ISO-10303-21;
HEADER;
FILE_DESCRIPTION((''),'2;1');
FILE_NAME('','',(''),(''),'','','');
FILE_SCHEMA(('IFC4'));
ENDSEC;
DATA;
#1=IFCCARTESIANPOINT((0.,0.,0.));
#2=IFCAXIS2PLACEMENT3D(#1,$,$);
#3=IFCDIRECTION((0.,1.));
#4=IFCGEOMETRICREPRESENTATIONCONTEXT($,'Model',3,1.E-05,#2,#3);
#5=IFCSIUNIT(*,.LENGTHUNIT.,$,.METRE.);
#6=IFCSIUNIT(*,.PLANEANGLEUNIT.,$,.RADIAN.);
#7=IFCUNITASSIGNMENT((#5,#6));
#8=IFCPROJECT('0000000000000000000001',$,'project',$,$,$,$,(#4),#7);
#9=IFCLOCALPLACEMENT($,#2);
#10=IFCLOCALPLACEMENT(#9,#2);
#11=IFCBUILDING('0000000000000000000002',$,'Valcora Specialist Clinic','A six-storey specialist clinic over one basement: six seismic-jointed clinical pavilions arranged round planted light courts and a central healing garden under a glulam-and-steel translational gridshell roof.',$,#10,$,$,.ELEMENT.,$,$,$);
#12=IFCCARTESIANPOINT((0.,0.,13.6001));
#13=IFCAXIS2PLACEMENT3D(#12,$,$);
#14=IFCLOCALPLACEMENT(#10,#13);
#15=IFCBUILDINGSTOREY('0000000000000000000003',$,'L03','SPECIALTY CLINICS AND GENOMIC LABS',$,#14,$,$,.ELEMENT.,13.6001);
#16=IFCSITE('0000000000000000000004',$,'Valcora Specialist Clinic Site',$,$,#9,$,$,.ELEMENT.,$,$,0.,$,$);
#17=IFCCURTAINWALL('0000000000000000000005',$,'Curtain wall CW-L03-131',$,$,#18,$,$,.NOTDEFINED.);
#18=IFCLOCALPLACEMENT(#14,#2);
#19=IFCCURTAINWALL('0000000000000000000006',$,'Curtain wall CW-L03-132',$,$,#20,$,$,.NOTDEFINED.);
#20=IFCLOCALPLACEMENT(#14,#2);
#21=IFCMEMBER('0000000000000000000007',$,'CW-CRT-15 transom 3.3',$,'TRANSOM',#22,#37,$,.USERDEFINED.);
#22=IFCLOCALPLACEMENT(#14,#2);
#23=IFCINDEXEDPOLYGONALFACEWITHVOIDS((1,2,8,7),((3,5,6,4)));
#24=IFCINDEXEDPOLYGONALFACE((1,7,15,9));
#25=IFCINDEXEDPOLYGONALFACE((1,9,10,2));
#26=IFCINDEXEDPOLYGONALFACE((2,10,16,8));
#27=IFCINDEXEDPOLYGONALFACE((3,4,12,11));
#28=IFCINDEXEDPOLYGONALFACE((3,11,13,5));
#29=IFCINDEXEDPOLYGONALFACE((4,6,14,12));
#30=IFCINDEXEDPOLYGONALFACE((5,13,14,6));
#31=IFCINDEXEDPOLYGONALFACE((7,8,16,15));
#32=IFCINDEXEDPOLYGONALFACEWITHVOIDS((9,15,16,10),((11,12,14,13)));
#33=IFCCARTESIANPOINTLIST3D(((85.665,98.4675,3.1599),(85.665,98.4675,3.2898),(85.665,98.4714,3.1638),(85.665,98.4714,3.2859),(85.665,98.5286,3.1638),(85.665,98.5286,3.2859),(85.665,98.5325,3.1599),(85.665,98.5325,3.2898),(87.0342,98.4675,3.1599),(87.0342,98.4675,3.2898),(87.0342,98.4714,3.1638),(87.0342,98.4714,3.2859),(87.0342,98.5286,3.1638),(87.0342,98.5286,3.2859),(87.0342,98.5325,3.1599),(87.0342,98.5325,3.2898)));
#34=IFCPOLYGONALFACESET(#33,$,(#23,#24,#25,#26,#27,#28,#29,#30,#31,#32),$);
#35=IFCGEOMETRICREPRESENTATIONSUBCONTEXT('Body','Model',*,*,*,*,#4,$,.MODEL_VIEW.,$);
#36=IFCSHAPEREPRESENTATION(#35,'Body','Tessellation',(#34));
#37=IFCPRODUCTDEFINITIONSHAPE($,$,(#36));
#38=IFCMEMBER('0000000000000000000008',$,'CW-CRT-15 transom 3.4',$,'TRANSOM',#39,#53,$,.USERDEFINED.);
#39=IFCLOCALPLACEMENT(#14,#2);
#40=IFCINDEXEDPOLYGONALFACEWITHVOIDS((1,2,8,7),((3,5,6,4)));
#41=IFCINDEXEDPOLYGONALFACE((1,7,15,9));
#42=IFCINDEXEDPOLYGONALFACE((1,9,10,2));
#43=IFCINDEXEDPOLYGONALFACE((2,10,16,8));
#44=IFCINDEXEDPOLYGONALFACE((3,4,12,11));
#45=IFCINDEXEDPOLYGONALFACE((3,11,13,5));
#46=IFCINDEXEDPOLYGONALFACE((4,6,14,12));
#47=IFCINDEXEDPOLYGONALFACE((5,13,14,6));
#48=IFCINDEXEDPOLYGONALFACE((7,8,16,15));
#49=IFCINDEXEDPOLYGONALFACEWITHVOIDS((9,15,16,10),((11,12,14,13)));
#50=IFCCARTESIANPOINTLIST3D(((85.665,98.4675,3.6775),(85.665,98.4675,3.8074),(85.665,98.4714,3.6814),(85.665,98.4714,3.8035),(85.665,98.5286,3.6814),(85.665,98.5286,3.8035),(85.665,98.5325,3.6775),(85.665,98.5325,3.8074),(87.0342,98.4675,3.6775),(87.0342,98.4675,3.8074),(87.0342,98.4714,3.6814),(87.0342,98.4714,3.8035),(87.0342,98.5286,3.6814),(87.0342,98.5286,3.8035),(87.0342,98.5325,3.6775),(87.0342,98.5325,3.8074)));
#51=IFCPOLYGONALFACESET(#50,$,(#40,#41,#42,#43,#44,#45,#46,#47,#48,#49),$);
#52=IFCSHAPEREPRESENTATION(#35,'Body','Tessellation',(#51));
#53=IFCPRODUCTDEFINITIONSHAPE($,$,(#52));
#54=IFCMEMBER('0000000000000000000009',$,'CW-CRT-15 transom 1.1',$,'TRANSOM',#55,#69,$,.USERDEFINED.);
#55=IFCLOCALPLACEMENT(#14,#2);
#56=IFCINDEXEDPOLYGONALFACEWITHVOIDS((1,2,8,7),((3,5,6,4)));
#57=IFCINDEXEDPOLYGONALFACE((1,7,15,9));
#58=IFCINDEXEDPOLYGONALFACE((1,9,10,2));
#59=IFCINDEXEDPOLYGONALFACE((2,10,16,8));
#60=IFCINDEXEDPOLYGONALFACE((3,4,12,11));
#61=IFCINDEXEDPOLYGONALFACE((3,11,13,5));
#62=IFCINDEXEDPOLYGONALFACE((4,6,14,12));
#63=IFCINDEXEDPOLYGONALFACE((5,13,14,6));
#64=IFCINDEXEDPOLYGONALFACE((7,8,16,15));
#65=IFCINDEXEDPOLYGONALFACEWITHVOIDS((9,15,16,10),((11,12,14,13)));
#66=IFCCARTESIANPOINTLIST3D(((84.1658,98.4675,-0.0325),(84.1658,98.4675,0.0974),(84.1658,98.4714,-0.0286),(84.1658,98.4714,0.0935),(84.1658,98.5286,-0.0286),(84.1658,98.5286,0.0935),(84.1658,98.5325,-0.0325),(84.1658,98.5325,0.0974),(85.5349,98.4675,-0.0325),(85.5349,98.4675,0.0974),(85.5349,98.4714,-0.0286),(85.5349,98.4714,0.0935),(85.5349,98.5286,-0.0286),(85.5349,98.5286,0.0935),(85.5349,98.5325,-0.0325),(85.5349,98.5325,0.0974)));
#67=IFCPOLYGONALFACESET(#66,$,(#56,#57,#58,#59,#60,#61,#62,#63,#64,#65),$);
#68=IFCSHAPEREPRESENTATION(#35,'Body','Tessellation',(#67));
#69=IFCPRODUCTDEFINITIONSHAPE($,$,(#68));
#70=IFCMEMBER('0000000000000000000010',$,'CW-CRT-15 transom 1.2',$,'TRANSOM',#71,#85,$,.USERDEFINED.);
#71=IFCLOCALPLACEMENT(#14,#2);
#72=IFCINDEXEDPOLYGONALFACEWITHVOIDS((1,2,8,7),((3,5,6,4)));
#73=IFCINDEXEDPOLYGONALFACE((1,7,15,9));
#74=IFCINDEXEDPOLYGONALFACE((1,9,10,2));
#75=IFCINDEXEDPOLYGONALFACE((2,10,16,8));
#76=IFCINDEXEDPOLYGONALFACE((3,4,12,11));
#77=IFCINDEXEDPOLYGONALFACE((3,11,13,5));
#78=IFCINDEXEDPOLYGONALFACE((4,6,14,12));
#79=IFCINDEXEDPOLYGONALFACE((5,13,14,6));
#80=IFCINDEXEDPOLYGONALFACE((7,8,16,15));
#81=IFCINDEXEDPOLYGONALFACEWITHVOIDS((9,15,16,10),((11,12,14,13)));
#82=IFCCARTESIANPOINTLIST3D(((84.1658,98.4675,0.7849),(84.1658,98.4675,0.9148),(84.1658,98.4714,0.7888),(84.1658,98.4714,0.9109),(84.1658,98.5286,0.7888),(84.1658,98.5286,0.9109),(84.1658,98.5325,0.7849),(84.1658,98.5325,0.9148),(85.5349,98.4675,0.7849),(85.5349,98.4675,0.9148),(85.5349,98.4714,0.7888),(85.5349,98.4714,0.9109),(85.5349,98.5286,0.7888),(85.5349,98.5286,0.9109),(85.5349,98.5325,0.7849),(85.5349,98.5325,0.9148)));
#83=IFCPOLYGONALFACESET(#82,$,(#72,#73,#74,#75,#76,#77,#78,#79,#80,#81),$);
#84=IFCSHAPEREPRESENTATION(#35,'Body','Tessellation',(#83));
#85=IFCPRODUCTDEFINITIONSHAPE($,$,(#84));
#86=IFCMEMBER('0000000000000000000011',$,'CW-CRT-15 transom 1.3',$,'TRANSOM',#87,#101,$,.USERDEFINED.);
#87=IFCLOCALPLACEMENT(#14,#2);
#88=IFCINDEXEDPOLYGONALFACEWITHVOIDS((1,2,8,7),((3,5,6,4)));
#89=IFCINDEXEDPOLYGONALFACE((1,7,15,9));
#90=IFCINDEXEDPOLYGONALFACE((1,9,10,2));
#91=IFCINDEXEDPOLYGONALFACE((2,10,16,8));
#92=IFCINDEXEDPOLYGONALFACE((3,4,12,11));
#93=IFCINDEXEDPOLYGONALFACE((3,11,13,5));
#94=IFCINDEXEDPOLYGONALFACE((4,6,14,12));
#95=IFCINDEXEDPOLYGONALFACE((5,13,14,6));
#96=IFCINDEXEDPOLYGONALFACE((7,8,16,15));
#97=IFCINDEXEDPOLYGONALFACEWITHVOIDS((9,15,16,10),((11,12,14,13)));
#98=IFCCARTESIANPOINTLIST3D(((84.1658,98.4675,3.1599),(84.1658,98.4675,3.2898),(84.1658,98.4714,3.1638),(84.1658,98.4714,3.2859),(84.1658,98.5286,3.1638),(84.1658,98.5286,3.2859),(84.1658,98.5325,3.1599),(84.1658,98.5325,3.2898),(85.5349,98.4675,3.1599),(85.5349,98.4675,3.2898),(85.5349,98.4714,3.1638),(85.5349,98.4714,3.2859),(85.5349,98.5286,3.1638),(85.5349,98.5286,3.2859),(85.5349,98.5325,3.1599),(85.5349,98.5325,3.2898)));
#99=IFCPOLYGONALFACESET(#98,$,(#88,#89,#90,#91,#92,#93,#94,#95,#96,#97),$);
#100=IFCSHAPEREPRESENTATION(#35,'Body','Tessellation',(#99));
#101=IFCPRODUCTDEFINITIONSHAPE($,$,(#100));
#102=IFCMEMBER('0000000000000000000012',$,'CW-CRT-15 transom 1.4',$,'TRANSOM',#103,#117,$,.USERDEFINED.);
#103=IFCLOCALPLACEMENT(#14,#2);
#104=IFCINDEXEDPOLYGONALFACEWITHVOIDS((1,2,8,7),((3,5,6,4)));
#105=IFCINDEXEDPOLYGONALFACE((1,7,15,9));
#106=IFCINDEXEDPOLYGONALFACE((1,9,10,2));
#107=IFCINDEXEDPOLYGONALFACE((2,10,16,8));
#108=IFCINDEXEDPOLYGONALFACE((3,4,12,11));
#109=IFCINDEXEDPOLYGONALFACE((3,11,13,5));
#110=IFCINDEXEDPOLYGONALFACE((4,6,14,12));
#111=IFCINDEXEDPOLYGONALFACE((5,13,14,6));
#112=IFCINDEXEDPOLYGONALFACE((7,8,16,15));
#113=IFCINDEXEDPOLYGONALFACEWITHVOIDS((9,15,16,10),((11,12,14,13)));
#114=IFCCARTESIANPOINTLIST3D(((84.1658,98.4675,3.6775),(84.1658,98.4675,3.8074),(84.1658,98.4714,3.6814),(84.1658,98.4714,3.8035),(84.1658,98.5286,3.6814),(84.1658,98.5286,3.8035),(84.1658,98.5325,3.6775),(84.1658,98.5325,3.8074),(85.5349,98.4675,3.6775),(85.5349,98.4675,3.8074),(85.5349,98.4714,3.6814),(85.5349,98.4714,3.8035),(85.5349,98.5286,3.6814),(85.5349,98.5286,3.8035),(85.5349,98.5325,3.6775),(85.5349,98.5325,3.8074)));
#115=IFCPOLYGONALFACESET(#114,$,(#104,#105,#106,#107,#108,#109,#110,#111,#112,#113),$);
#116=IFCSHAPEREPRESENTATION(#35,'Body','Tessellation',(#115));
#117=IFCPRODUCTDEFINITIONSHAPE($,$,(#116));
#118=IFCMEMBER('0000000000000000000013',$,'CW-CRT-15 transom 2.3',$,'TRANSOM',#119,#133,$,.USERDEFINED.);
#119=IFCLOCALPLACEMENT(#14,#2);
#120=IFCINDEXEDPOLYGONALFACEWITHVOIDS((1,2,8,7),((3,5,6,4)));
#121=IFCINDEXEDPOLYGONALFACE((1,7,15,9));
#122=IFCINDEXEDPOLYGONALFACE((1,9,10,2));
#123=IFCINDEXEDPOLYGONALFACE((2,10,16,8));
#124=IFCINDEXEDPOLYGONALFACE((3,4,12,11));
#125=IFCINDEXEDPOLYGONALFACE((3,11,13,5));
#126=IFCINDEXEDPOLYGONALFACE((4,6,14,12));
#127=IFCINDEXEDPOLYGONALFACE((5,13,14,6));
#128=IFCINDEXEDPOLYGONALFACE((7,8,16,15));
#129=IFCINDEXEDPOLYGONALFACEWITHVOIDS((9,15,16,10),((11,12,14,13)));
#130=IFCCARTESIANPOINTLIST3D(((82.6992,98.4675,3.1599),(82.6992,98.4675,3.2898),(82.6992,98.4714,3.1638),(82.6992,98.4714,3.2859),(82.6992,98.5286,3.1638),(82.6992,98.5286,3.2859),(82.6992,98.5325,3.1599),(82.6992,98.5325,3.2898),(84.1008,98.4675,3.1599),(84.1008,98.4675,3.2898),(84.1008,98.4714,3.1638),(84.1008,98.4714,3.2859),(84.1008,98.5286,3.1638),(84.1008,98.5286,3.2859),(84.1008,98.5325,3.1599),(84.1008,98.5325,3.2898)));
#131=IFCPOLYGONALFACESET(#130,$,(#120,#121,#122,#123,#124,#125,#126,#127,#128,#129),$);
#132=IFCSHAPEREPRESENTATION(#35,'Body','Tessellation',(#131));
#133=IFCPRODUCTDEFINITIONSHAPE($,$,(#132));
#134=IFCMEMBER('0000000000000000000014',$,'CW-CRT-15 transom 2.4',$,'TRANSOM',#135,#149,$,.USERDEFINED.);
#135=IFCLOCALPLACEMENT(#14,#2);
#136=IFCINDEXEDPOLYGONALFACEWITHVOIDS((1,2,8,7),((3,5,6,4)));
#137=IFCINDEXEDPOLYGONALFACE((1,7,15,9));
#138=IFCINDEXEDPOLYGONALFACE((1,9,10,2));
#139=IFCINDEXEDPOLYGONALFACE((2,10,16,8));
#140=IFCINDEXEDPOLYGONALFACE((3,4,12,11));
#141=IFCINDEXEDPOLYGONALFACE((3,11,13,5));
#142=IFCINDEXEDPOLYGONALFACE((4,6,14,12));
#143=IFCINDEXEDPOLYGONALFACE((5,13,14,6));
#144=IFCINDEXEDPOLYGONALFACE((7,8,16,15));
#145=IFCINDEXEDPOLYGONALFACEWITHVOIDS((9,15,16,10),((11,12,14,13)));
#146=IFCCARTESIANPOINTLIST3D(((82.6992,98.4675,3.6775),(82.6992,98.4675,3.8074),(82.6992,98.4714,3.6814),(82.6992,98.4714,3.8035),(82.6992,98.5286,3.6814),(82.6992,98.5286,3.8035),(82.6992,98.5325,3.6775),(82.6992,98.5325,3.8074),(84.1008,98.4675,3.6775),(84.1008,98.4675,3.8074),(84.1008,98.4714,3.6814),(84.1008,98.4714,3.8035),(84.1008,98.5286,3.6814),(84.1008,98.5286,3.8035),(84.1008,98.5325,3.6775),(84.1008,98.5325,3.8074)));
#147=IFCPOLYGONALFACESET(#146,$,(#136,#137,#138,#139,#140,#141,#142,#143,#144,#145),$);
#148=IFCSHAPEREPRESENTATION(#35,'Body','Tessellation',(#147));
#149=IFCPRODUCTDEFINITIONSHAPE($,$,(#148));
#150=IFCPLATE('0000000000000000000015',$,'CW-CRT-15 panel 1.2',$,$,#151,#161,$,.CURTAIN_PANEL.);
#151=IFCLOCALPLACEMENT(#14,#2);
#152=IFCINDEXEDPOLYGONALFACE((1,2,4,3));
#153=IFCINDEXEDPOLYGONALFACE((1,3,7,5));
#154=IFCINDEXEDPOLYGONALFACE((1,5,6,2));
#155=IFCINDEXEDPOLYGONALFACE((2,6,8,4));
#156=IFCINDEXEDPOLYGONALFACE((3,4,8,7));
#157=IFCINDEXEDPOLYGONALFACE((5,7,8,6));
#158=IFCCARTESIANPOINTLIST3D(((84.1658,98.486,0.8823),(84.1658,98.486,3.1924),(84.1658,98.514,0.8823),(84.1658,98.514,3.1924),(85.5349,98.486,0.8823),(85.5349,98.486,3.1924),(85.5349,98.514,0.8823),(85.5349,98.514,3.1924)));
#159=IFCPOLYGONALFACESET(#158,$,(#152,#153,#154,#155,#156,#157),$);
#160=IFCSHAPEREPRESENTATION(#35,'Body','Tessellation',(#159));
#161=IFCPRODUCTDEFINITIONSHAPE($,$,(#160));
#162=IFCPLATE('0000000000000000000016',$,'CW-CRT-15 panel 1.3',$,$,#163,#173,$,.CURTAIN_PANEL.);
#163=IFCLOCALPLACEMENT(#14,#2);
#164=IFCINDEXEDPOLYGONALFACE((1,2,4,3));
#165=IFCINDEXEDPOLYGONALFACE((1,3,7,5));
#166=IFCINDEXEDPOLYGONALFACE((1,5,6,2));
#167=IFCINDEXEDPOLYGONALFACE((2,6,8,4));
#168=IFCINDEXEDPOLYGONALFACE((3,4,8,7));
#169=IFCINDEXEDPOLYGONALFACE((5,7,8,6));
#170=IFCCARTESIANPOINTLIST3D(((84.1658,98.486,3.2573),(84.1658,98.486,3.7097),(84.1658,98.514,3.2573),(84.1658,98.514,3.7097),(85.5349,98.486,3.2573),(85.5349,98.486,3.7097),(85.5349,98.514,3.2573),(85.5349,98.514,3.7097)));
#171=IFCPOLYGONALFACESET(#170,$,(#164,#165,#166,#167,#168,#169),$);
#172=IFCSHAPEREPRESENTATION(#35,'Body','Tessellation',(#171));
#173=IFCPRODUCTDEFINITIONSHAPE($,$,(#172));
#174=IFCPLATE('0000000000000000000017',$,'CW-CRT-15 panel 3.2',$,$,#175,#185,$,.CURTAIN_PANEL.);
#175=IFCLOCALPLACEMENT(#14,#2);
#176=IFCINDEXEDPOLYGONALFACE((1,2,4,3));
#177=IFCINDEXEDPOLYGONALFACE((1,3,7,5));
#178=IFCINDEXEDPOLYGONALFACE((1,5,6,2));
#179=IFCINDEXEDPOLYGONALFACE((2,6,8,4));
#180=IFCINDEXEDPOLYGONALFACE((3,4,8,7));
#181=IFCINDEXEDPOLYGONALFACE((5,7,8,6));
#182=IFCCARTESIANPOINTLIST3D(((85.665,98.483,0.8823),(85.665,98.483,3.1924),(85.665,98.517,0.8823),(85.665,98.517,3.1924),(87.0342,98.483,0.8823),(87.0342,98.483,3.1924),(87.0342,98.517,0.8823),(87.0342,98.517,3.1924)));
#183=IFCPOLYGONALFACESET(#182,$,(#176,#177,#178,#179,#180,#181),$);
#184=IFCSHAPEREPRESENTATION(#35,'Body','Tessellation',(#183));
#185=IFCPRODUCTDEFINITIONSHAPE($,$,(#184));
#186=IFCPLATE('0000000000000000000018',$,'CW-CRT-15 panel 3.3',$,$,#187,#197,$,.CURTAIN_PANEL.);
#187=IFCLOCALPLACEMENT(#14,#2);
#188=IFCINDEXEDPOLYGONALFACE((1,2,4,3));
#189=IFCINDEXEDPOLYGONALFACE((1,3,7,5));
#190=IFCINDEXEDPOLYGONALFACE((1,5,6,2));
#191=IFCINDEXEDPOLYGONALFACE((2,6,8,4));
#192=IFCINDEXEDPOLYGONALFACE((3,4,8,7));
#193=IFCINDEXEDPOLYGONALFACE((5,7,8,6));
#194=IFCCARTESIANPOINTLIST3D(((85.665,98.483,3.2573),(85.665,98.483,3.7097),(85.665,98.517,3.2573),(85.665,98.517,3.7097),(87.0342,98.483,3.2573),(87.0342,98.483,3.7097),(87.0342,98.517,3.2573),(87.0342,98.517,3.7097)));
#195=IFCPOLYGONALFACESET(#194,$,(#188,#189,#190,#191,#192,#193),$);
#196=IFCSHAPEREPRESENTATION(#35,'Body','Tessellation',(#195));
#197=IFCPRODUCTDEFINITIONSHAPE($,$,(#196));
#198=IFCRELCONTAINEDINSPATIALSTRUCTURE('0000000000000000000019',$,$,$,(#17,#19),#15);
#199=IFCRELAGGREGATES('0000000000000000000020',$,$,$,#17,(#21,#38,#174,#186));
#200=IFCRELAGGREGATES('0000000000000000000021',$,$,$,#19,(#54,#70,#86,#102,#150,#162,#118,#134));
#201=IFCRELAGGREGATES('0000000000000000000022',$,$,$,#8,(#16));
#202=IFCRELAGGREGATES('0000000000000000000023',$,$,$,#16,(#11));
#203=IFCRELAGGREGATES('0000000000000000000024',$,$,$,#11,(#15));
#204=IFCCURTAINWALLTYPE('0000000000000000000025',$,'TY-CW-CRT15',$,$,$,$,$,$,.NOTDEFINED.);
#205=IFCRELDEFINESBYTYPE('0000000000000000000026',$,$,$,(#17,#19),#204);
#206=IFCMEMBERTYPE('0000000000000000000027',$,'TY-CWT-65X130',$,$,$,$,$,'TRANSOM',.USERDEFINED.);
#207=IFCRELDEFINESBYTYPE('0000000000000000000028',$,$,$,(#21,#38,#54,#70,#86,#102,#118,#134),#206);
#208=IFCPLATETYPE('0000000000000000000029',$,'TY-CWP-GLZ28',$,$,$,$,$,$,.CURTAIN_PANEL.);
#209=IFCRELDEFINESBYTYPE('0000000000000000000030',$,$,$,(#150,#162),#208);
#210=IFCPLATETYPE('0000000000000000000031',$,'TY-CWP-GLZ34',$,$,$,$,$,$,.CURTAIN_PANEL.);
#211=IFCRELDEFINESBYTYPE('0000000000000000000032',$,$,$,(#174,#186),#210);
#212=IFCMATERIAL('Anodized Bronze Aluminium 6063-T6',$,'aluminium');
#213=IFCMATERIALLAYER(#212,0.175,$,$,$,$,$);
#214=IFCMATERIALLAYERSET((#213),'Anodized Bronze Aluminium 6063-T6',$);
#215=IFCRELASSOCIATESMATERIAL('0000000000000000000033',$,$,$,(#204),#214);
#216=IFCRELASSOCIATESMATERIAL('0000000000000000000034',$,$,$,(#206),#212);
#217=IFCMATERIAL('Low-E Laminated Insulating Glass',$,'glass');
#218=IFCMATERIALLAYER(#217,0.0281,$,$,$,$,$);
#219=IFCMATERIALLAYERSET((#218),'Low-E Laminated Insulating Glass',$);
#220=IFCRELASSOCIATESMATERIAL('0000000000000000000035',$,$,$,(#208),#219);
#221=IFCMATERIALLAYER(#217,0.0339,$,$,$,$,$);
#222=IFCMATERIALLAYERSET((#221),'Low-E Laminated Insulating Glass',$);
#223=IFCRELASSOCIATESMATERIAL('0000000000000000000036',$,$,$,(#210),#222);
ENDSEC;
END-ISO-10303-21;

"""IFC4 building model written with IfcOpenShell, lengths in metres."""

from ifc_helpers import new_model, si_unit, direction, frame, origin, origin_2d, place, context, subcontext, project, spatial, rectangle, hollow_rectangle, extrude, material, layer, layer_set, material_profile, profile_set, type_object, element, aggregate, save


model = new_model("IFC4")

# Units and contexts
model_context = context("Model", 3, precision=1e-05, world=origin(), true_north=direction((0.0, 1.0)))
body_context = subcontext(model_context, "Body", "Model", "MODEL_VIEW")
ifc_project = project(units=[si_unit("LENGTHUNIT", "METRE"), si_unit("PLANEANGLEUNIT", "RADIAN")], contexts=[model_context])

# Site, building, storey
site_placement = place(None, origin())
site = spatial("IfcSite", under=ifc_project, at=site_placement, Name="Valcora Specialist Clinic Site", CompositionType="ELEMENT", RefElevation=0.0)
building_placement = place(site_placement, origin())
building = spatial("IfcBuilding", under=site, at=building_placement, Name="Valcora Specialist Clinic", Description="A six-storey specialist clinic over one basement: six seismic-jointed clinical pavilions arranged round planted light courts and a central healing garden under a glulam-and-steel translational gridshell roof.", CompositionType="ELEMENT")
storey_placement = place(building_placement, frame((0.0, 0.0, 13.6001)))
storey = spatial("IfcBuildingStorey", under=building, at=storey_placement, Name="L03", Description="SPECIALTY CLINICS AND GENOMIC LABS", CompositionType="ELEMENT", Elevation=13.6001)

# Curtain walls
ifc_material_1 = material(Name="Anodized Bronze Aluminium 6063-T6", Category="aluminium")
ifc_layer_1 = layer(ifc_material_1, 0.175)
ifc_layer_set_1 = layer_set([ifc_layer_1], Name="Anodized Bronze Aluminium 6063-T6")
curtain_wall_type = type_object("IfcCurtainWallType", Name="TY-CW-CRT15", PredefinedType="NOTDEFINED", material=ifc_layer_set_1)
curtain_wall_1_placement = place(storey_placement, origin())
curtain_wall_1 = element("IfcCurtainWall", 1, at=curtain_wall_1_placement, inside=storey, type_object=curtain_wall_type, Name="Curtain wall CW-L03-131", PredefinedType="NOTDEFINED")
curtain_wall_2_placement = place(storey_placement, origin())
curtain_wall_2 = element("IfcCurtainWall", 2, at=curtain_wall_2_placement, inside=storey, type_object=curtain_wall_type, Name="Curtain wall CW-L03-132", PredefinedType="NOTDEFINED")

# Members
ifc_material_profile_1 = material_profile(ifc_material_1, hollow_rectangle(XDim=0.0649, YDim=0.1299, WallThickness=0.0039, at=origin_2d()), Name="AL-TRN-65X130")
ifc_profile_set_1 = profile_set([ifc_material_profile_1], Name="Anodized Bronze Aluminium 6063-T6")
member_type_1 = type_object("IfcMemberType", Name="TY-CWT-65X130", ElementType="TRANSOM", PredefinedType="USERDEFINED", material=ifc_profile_set_1)
member_1_placement = place(storey_placement, frame((87.0342, 98.5, 3.2249), z_axis=(-1.0, 0.0, 0.0), x_axis=(0.0, -1.0, 0.0)))
member_1 = element("IfcMember", 3, at=member_1_placement, type_object=member_type_1, Name="CW-CRT-15 transom 3.3", ObjectType="TRANSOM", PredefinedType="USERDEFINED", context=body_context, shape_type="SweptSolid", body=[
    extrude(hollow_rectangle(XDim=0.0649, YDim=0.1299, WallThickness=0.0039, at=origin_2d()), origin(), (0.0, 0.0, 1.0), 1.3691),
])
member_2_placement = place(storey_placement, frame((87.0342, 98.5, 3.7424), z_axis=(-1.0, 0.0, 0.0), x_axis=(0.0, -1.0, 0.0)))
member_2 = element("IfcMember", 4, at=member_2_placement, type_object=member_type_1, Name="CW-CRT-15 transom 3.4", ObjectType="TRANSOM", PredefinedType="USERDEFINED", context=body_context, shape_type="SweptSolid", body=[
    extrude(hollow_rectangle(XDim=0.0649, YDim=0.1299, WallThickness=0.0039, at=origin_2d()), origin(), (0.0, 0.0, 1.0), 1.3691),
])
member_3_placement = place(storey_placement, frame((85.5349, 98.5, 0.0325), z_axis=(-1.0, 0.0, 0.0), x_axis=(0.0, -1.0, 0.0)))
member_3 = element("IfcMember", 5, at=member_3_placement, type_object=member_type_1, Name="CW-CRT-15 transom 1.1", ObjectType="TRANSOM", PredefinedType="USERDEFINED", context=body_context, shape_type="SweptSolid", body=[
    extrude(hollow_rectangle(XDim=0.0649, YDim=0.1299, WallThickness=0.0039, at=origin_2d()), origin(), (0.0, 0.0, 1.0), 1.3691),
])
member_4_placement = place(storey_placement, frame((85.5349, 98.5, 0.8499), z_axis=(-1.0, 0.0, 0.0), x_axis=(0.0, -1.0, 0.0)))
member_4 = element("IfcMember", 6, at=member_4_placement, type_object=member_type_1, Name="CW-CRT-15 transom 1.2", ObjectType="TRANSOM", PredefinedType="USERDEFINED", context=body_context, shape_type="SweptSolid", body=[
    extrude(hollow_rectangle(XDim=0.0649, YDim=0.1299, WallThickness=0.0039, at=origin_2d()), origin(), (0.0, 0.0, 1.0), 1.3691),
])
member_5_placement = place(storey_placement, frame((85.5349, 98.5, 3.2249), z_axis=(-1.0, 0.0, 0.0), x_axis=(0.0, -1.0, 0.0)))
member_5 = element("IfcMember", 7, at=member_5_placement, type_object=member_type_1, Name="CW-CRT-15 transom 1.3", ObjectType="TRANSOM", PredefinedType="USERDEFINED", context=body_context, shape_type="SweptSolid", body=[
    extrude(hollow_rectangle(XDim=0.0649, YDim=0.1299, WallThickness=0.0039, at=origin_2d()), origin(), (0.0, 0.0, 1.0), 1.3691),
])
member_6_placement = place(storey_placement, frame((85.5349, 98.5, 3.7424), z_axis=(-1.0, 0.0, 0.0), x_axis=(0.0, -1.0, 0.0)))
member_6 = element("IfcMember", 8, at=member_6_placement, type_object=member_type_1, Name="CW-CRT-15 transom 1.4", ObjectType="TRANSOM", PredefinedType="USERDEFINED", context=body_context, shape_type="SweptSolid", body=[
    extrude(hollow_rectangle(XDim=0.0649, YDim=0.1299, WallThickness=0.0039, at=origin_2d()), origin(), (0.0, 0.0, 1.0), 1.3691),
])
member_7_placement = place(storey_placement, frame((84.1008, 98.5, 3.2249), z_axis=(-1.0, 0.0, 0.0), x_axis=(0.0, -1.0, 0.0)))
member_7 = element("IfcMember", 9, at=member_7_placement, type_object=member_type_1, Name="CW-CRT-15 transom 2.3", ObjectType="TRANSOM", PredefinedType="USERDEFINED", context=body_context, shape_type="SweptSolid", body=[
    extrude(hollow_rectangle(XDim=0.0649, YDim=0.1299, WallThickness=0.0039, at=origin_2d()), origin(), (0.0, 0.0, 1.0), 1.4016),
])
member_8_placement = place(storey_placement, frame((84.1008, 98.5, 3.7424), z_axis=(-1.0, 0.0, 0.0), x_axis=(0.0, -1.0, 0.0)))
member_8 = element("IfcMember", 10, at=member_8_placement, type_object=member_type_1, Name="CW-CRT-15 transom 2.4", ObjectType="TRANSOM", PredefinedType="USERDEFINED", context=body_context, shape_type="SweptSolid", body=[
    extrude(hollow_rectangle(XDim=0.0649, YDim=0.1299, WallThickness=0.0039, at=origin_2d()), origin(), (0.0, 0.0, 1.0), 1.4016),
])

# Plates
ifc_material_2 = material(Name="Low-E Laminated Insulating Glass", Category="glass")
ifc_layer_2 = layer(ifc_material_2, 0.0281)
ifc_layer_set_2 = layer_set([ifc_layer_2], Name="Low-E Laminated Insulating Glass")
plate_type_1 = type_object("IfcPlateType", Name="TY-CWP-GLZ28", PredefinedType="CURTAIN_PANEL", material=ifc_layer_set_2)
plate_1_placement = place(storey_placement, frame((84.8503, 98.5, 0.8823), z_axis=(0.0, 0.0, 1.0), x_axis=(-1.0, 0.0, 0.0)))
plate_1 = element("IfcPlate", 11, at=plate_1_placement, type_object=plate_type_1, Name="CW-CRT-15 panel 1.2", PredefinedType="CURTAIN_PANEL", context=body_context, shape_type="SweptSolid", body=[
    extrude(rectangle(XDim=1.3691, YDim=0.0281, at=origin_2d()), origin(), (0.0, 0.0, 1.0), 2.3101),
])
plate_2_placement = place(storey_placement, frame((84.8503, 98.5, 3.2573), z_axis=(0.0, 0.0, 1.0), x_axis=(-1.0, 0.0, 0.0)))
plate_2 = element("IfcPlate", 12, at=plate_2_placement, type_object=plate_type_1, Name="CW-CRT-15 panel 1.3", PredefinedType="CURTAIN_PANEL", context=body_context, shape_type="SweptSolid", body=[
    extrude(rectangle(XDim=1.3691, YDim=0.0281, at=origin_2d()), origin(), (0.0, 0.0, 1.0), 0.4524),
])
ifc_layer_3 = layer(ifc_material_2, 0.0339)
ifc_layer_set_3 = layer_set([ifc_layer_3], Name="Low-E Laminated Insulating Glass")
plate_type_2 = type_object("IfcPlateType", Name="TY-CWP-GLZ34", PredefinedType="CURTAIN_PANEL", material=ifc_layer_set_3)
plate_3_placement = place(storey_placement, frame((86.3496, 98.5, 0.8823), z_axis=(0.0, 0.0, 1.0), x_axis=(-1.0, 0.0, 0.0)))
plate_3 = element("IfcPlate", 13, at=plate_3_placement, type_object=plate_type_2, Name="CW-CRT-15 panel 3.2", PredefinedType="CURTAIN_PANEL", context=body_context, shape_type="SweptSolid", body=[
    extrude(rectangle(XDim=1.3691, YDim=0.0339, at=origin_2d()), origin(), (0.0, 0.0, 1.0), 2.3101),
])
plate_4_placement = place(storey_placement, frame((86.3496, 98.5, 3.2573), z_axis=(0.0, 0.0, 1.0), x_axis=(-1.0, 0.0, 0.0)))
plate_4 = element("IfcPlate", 14, at=plate_4_placement, type_object=plate_type_2, Name="CW-CRT-15 panel 3.3", PredefinedType="CURTAIN_PANEL", context=body_context, shape_type="SweptSolid", body=[
    extrude(rectangle(XDim=1.3691, YDim=0.0339, at=origin_2d()), origin(), (0.0, 0.0, 1.0), 0.4524),
])
aggregate(curtain_wall_1, [member_1, member_2, plate_3, plate_4])
aggregate(curtain_wall_2, [member_3, member_4, member_5, member_6, plate_1, plate_2, member_7, member_8])

save(model, "model.ifc")
